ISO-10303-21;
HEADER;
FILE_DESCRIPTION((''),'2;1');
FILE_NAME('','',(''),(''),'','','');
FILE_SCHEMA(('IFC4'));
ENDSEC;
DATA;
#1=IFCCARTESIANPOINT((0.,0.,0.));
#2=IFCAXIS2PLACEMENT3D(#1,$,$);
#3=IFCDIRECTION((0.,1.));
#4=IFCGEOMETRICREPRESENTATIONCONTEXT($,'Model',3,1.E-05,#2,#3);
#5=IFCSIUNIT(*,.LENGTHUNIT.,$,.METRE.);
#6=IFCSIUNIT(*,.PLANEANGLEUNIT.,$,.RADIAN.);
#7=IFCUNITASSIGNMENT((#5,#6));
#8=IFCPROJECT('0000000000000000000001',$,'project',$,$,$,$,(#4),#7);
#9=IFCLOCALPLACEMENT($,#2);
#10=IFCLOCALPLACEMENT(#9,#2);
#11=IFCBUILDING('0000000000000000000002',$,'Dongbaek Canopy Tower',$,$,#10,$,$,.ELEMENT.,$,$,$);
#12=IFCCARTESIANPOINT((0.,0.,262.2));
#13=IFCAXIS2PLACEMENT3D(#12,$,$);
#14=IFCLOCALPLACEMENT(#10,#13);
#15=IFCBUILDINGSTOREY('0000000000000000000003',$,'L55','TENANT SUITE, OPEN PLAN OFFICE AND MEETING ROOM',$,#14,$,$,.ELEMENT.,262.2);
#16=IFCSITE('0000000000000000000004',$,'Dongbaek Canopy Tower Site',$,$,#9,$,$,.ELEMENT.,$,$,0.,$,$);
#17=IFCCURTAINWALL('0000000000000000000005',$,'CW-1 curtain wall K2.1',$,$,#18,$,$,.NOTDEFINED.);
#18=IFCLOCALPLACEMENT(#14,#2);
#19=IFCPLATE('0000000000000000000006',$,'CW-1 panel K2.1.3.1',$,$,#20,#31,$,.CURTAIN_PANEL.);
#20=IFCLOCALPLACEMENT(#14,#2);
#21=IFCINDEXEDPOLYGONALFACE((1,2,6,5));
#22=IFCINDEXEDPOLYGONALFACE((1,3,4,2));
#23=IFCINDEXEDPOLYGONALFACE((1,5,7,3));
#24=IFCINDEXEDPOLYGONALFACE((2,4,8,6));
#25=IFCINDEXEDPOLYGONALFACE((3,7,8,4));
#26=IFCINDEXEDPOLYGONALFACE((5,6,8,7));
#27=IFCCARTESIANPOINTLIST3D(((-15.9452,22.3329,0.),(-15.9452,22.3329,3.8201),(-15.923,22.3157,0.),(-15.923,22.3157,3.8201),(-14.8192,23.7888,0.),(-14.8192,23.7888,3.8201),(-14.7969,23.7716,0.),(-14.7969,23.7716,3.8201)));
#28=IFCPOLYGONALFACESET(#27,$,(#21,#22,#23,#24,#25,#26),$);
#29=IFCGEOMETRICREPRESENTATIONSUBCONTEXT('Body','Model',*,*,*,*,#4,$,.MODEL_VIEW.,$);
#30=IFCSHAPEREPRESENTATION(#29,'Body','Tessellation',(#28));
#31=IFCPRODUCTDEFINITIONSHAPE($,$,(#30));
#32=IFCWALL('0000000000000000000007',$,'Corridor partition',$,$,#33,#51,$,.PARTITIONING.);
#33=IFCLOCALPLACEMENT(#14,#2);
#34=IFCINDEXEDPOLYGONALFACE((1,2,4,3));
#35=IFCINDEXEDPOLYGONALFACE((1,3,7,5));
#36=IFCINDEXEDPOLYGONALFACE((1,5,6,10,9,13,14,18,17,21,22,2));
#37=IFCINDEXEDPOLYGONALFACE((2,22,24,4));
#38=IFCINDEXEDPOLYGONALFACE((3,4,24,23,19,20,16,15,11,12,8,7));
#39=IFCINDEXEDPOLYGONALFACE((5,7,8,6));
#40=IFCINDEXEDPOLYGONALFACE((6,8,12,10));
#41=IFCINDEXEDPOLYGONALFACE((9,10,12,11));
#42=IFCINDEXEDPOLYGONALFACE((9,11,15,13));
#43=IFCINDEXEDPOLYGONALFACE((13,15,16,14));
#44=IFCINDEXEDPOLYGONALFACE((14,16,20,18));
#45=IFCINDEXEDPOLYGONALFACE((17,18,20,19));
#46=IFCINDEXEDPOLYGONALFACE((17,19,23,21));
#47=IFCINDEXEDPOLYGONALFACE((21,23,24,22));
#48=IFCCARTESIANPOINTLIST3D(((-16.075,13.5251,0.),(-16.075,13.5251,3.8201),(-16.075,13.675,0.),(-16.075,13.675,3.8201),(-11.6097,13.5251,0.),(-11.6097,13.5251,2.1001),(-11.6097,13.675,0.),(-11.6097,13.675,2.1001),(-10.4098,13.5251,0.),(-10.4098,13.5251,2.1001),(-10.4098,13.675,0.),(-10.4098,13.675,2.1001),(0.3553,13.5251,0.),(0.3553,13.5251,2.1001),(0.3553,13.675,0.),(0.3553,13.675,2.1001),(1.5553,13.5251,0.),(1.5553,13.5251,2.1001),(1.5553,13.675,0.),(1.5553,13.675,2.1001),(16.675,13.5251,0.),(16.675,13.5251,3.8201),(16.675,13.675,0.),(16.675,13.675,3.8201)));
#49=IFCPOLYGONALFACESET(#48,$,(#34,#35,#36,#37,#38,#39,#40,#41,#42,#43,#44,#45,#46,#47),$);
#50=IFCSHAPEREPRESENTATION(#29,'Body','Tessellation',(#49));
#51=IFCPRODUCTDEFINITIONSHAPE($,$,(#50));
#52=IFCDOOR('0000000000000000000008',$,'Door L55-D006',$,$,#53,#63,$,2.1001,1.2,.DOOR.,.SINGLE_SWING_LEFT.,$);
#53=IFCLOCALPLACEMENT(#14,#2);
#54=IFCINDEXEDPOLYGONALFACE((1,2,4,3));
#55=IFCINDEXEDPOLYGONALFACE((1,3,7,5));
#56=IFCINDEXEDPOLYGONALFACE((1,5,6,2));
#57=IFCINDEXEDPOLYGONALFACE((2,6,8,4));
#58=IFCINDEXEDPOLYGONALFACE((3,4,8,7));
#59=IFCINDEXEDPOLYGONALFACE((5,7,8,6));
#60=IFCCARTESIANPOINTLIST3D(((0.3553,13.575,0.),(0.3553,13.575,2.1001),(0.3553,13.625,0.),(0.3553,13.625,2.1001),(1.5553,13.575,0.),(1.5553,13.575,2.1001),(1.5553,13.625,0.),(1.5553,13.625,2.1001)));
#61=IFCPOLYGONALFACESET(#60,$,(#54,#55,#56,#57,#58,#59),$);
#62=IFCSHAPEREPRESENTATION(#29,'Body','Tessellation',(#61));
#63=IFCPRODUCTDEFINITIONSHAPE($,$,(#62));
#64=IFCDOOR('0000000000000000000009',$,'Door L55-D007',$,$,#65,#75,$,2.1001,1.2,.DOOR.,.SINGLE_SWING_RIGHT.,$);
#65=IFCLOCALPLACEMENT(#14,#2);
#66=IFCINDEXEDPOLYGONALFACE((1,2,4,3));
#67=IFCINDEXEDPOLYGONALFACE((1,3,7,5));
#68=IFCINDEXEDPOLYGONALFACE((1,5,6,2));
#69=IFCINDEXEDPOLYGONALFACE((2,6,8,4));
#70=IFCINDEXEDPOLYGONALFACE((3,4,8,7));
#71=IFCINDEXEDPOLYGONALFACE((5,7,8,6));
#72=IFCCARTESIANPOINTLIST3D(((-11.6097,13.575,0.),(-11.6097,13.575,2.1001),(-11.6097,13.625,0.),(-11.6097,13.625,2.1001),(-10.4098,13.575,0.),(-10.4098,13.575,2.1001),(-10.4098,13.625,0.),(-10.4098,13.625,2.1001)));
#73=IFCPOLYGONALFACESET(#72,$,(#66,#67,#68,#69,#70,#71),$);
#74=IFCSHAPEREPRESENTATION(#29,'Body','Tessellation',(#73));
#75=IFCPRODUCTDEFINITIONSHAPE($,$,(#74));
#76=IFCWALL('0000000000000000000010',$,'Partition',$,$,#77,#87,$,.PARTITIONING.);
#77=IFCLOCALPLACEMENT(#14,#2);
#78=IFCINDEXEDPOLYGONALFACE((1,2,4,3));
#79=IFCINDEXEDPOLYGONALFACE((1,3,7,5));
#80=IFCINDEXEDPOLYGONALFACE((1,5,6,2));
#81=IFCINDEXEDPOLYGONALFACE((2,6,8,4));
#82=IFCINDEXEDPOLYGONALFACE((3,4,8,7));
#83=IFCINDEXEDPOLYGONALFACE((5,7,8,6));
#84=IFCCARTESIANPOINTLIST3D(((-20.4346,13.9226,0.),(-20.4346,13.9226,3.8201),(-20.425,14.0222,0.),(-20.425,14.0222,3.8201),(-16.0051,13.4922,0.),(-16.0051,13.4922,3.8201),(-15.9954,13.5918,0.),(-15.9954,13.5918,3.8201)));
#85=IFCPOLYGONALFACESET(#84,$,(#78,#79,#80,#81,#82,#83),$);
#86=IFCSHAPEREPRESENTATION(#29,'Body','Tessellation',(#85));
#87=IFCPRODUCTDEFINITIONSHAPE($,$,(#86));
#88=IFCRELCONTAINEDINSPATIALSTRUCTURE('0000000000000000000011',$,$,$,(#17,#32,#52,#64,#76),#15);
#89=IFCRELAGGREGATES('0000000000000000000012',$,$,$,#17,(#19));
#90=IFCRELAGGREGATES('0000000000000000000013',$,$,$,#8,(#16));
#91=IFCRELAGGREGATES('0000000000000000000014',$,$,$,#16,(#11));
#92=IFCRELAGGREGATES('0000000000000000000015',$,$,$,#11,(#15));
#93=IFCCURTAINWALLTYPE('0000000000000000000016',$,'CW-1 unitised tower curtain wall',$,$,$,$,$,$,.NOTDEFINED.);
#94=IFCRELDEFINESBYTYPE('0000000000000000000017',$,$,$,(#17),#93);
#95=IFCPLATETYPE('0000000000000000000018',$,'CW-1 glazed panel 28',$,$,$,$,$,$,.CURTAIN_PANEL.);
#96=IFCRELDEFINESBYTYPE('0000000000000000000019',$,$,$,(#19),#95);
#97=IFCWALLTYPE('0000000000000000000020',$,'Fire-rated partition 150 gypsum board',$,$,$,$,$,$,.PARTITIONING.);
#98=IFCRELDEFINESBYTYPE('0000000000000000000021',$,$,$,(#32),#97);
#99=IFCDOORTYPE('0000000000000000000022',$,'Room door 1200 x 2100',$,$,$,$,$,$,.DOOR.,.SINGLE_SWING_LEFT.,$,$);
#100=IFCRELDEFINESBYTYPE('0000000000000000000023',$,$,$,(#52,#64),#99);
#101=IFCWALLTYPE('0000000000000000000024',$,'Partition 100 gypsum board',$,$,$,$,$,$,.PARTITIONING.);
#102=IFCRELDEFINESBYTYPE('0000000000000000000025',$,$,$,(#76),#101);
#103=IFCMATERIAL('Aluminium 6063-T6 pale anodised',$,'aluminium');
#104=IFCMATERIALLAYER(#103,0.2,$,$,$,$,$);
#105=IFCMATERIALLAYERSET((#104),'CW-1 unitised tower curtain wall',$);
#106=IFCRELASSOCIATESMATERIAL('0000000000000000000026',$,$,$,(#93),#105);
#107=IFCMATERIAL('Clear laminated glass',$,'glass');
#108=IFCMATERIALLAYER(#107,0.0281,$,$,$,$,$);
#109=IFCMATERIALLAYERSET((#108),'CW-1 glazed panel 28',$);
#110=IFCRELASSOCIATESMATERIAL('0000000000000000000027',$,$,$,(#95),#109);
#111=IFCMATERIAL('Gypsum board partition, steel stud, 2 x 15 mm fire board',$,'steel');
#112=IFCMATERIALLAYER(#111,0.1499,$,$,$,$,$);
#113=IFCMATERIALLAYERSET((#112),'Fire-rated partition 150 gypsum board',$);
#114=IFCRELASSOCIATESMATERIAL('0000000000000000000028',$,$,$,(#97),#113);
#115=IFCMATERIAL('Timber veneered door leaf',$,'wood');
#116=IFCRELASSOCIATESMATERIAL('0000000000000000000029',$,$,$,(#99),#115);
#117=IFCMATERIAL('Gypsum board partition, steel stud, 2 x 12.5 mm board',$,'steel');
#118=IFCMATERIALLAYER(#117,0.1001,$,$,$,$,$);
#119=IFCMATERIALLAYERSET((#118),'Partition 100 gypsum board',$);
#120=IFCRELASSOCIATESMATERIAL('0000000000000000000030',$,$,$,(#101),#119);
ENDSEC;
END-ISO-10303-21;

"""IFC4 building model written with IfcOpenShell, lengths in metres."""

from ifc_helpers import new_model, si_unit, direction, frame, frame_2d, origin, origin_2d, place, context, subcontext, project, spatial, rectangle, extrude, material, layer, layer_set, type_object, element, fill, aggregate, save


model = new_model("IFC4")

# Units and contexts
model_context = context("Model", 3, precision=1e-05, world=origin(), true_north=direction((0.0, 1.0)))
body_context = subcontext(model_context, "Body", "Model", "MODEL_VIEW")
ifc_project = project(units=[si_unit("LENGTHUNIT", "METRE"), si_unit("PLANEANGLEUNIT", "RADIAN")], contexts=[model_context])

# Site, building, storey
site_placement = place(None, origin())
site = spatial("IfcSite", under=ifc_project, at=site_placement, Name="Dongbaek Canopy Tower Site", CompositionType="ELEMENT", RefElevation=0.0)
building_placement = place(site_placement, origin())
building = spatial("IfcBuilding", under=site, at=building_placement, Name="Dongbaek Canopy Tower", CompositionType="ELEMENT")
storey_placement = place(building_placement, frame((0.0, 0.0, 262.2)))
storey = spatial("IfcBuildingStorey", under=building, at=storey_placement, Name="L55", Description="TENANT SUITE, OPEN PLAN OFFICE AND MEETING ROOM", CompositionType="ELEMENT", Elevation=262.2)

# Curtain wall
ifc_material_1 = material(Name="Aluminium 6063-T6 pale anodised", Category="aluminium")
ifc_layer_1 = layer(ifc_material_1, 0.2)
ifc_layer_set_1 = layer_set([ifc_layer_1], Name="CW-1 unitised tower curtain wall")
curtain_wall_type = type_object("IfcCurtainWallType", Name="CW-1 unitised tower curtain wall", PredefinedType="NOTDEFINED", material=ifc_layer_set_1)
curtain_wall_placement = place(storey_placement, origin())
curtain_wall = element("IfcCurtainWall", 1, at=curtain_wall_placement, inside=storey, type_object=curtain_wall_type, Name="CW-1 curtain wall K2.1", PredefinedType="NOTDEFINED")

# Plate
ifc_material_2 = material(Name="Clear laminated glass", Category="glass")
ifc_layer_2 = layer(ifc_material_2, 0.0281)
ifc_layer_set_2 = layer_set([ifc_layer_2], Name="CW-1 glazed panel 28")
plate_type = type_object("IfcPlateType", Name="CW-1 glazed panel 28", PredefinedType="CURTAIN_PANEL", material=ifc_layer_set_2)
plate_1_placement = place(storey_placement, frame((-15.3711, 23.0522, 0.0), z_axis=(0.0, 0.0, 1.0), x_axis=(-0.611813, -0.791002, 0.0)))
plate_1 = element("IfcPlate", 2, at=plate_1_placement, type_object=plate_type, Name="CW-1 panel K2.1.3.1", PredefinedType="CURTAIN_PANEL", context=body_context, shape_type="SweptSolid", body=[
    extrude(rectangle(XDim=1.8406, YDim=0.0281, at=origin_2d()), origin(), (0.0, 0.0, 1.0), 3.8201),
])
aggregate(curtain_wall, [plate_1])

# Wall, openings, doors
ifc_material_3 = material(Name="Gypsum board partition, steel stud, 2 x 15 mm fire board", Category="steel")
ifc_layer_3 = layer(ifc_material_3, 0.1499)
ifc_layer_set_3 = layer_set([ifc_layer_3], Name="Fire-rated partition 150 gypsum board")
wall_type_1 = type_object("IfcWallType", Name="Fire-rated partition 150 gypsum board", PredefinedType="PARTITIONING", material=ifc_layer_set_3)
wall_1_placement = place(storey_placement, frame((-16.075, 13.6001, 0.0), z_axis=(0.0, 0.0, 1.0), x_axis=(1.0, 0.0, 0.0)))
wall_1 = element("IfcWall", 3, at=wall_1_placement, inside=storey, type_object=wall_type_1, Name="Corridor partition", PredefinedType="PARTITIONING", context=body_context, shape_type="SweptSolid", body=[
    extrude(rectangle(XDim=32.75, YDim=0.1499, at=frame_2d((16.375, 0.0))), origin(), (0.0, 0.0, 1.0), 3.8201),
])
opening_1_placement = place(wall_1_placement, frame((16.4302, 0.0, 0.0)))
opening_1 = element("IfcOpeningElement", 4, at=opening_1_placement, cuts=wall_1, PredefinedType="OPENING", context=body_context, shape_type="SweptSolid", body=[
    extrude(rectangle(XDim=1.2, YDim=2.1001, at=frame_2d((0.6001, 1.05))), frame((0.0, 0.085, 0.0), z_axis=(0.0, -1.0, 0.0), x_axis=(1.0, 0.0, 0.0)), (0.0, 0.0, 1.0), 0.1699),
])
opening_2_placement = place(wall_1_placement, frame((4.4651, 0.0, 0.0)))
opening_2 = element("IfcOpeningElement", 5, at=opening_2_placement, cuts=wall_1, PredefinedType="OPENING", context=body_context, shape_type="SweptSolid", body=[
    extrude(rectangle(XDim=1.2, YDim=2.1001, at=frame_2d((0.6001, 1.05))), frame((0.0, 0.085, 0.0), z_axis=(0.0, -1.0, 0.0), x_axis=(1.0, 0.0, 0.0)), (0.0, 0.0, 1.0), 0.1699),
])
ifc_material_4 = material(Name="Timber veneered door leaf", Category="wood")
door_type_1 = type_object("IfcDoorType", Name="Room door 1200 x 2100", OperationType="SINGLE_SWING_LEFT", PredefinedType="DOOR", material=ifc_material_4)
door_1_placement = place(opening_1_placement, origin())
door_1 = element("IfcDoor", 6, at=door_1_placement, inside=storey, type_object=door_type_1, Name="Door L55-D006", OperationType="SINGLE_SWING_LEFT", OverallHeight=2.1001, OverallWidth=1.2, PredefinedType="DOOR", context=body_context, shape_type="SweptSolid", body=[
    extrude(rectangle(XDim=1.2, YDim=2.1001, at=frame_2d((0.6001, 1.05))), frame((0.0, 0.0249, 0.0), z_axis=(0.0, -1.0, 0.0), x_axis=(1.0, 0.0, 0.0)), (0.0, 0.0, 1.0), 0.05),
])
fill(opening_1, door_1)
door_2_placement = place(opening_2_placement, origin())
door_2 = element("IfcDoor", 7, at=door_2_placement, inside=storey, type_object=door_type_1, Name="Door L55-D007", OperationType="SINGLE_SWING_RIGHT", OverallHeight=2.1001, OverallWidth=1.2, PredefinedType="DOOR", context=body_context, shape_type="SweptSolid", body=[
    extrude(rectangle(XDim=1.2, YDim=2.1001, at=frame_2d((0.6001, 1.05))), frame((0.0, 0.0249, 0.0), z_axis=(0.0, -1.0, 0.0), x_axis=(1.0, 0.0, 0.0)), (0.0, 0.0, 1.0), 0.05),
])
fill(opening_2, door_2)

# Wall
ifc_material_5 = material(Name="Gypsum board partition, steel stud, 2 x 12.5 mm board", Category="steel")
ifc_layer_4 = layer(ifc_material_5, 0.1001)
ifc_layer_set_4 = layer_set([ifc_layer_4], Name="Partition 100 gypsum board")
wall_type_2 = type_object("IfcWallType", Name="Partition 100 gypsum board", PredefinedType="PARTITIONING", material=ifc_layer_set_4)
wall_2_placement = place(storey_placement, frame((-20.4297, 13.9724, 0.0), z_axis=(0.0, 0.0, 1.0), x_axis=(0.995312, -0.096712, 0.0)))
element("IfcWall", 8, at=wall_2_placement, inside=storey, type_object=wall_type_2, Name="Partition", PredefinedType="PARTITIONING", context=body_context, shape_type="SweptSolid", body=[
    extrude(rectangle(XDim=4.4504, YDim=0.1001, at=frame_2d((2.2251, 0.0))), origin(), (0.0, 0.0, 1.0), 3.8201),
])

save(model, "model.ifc")
